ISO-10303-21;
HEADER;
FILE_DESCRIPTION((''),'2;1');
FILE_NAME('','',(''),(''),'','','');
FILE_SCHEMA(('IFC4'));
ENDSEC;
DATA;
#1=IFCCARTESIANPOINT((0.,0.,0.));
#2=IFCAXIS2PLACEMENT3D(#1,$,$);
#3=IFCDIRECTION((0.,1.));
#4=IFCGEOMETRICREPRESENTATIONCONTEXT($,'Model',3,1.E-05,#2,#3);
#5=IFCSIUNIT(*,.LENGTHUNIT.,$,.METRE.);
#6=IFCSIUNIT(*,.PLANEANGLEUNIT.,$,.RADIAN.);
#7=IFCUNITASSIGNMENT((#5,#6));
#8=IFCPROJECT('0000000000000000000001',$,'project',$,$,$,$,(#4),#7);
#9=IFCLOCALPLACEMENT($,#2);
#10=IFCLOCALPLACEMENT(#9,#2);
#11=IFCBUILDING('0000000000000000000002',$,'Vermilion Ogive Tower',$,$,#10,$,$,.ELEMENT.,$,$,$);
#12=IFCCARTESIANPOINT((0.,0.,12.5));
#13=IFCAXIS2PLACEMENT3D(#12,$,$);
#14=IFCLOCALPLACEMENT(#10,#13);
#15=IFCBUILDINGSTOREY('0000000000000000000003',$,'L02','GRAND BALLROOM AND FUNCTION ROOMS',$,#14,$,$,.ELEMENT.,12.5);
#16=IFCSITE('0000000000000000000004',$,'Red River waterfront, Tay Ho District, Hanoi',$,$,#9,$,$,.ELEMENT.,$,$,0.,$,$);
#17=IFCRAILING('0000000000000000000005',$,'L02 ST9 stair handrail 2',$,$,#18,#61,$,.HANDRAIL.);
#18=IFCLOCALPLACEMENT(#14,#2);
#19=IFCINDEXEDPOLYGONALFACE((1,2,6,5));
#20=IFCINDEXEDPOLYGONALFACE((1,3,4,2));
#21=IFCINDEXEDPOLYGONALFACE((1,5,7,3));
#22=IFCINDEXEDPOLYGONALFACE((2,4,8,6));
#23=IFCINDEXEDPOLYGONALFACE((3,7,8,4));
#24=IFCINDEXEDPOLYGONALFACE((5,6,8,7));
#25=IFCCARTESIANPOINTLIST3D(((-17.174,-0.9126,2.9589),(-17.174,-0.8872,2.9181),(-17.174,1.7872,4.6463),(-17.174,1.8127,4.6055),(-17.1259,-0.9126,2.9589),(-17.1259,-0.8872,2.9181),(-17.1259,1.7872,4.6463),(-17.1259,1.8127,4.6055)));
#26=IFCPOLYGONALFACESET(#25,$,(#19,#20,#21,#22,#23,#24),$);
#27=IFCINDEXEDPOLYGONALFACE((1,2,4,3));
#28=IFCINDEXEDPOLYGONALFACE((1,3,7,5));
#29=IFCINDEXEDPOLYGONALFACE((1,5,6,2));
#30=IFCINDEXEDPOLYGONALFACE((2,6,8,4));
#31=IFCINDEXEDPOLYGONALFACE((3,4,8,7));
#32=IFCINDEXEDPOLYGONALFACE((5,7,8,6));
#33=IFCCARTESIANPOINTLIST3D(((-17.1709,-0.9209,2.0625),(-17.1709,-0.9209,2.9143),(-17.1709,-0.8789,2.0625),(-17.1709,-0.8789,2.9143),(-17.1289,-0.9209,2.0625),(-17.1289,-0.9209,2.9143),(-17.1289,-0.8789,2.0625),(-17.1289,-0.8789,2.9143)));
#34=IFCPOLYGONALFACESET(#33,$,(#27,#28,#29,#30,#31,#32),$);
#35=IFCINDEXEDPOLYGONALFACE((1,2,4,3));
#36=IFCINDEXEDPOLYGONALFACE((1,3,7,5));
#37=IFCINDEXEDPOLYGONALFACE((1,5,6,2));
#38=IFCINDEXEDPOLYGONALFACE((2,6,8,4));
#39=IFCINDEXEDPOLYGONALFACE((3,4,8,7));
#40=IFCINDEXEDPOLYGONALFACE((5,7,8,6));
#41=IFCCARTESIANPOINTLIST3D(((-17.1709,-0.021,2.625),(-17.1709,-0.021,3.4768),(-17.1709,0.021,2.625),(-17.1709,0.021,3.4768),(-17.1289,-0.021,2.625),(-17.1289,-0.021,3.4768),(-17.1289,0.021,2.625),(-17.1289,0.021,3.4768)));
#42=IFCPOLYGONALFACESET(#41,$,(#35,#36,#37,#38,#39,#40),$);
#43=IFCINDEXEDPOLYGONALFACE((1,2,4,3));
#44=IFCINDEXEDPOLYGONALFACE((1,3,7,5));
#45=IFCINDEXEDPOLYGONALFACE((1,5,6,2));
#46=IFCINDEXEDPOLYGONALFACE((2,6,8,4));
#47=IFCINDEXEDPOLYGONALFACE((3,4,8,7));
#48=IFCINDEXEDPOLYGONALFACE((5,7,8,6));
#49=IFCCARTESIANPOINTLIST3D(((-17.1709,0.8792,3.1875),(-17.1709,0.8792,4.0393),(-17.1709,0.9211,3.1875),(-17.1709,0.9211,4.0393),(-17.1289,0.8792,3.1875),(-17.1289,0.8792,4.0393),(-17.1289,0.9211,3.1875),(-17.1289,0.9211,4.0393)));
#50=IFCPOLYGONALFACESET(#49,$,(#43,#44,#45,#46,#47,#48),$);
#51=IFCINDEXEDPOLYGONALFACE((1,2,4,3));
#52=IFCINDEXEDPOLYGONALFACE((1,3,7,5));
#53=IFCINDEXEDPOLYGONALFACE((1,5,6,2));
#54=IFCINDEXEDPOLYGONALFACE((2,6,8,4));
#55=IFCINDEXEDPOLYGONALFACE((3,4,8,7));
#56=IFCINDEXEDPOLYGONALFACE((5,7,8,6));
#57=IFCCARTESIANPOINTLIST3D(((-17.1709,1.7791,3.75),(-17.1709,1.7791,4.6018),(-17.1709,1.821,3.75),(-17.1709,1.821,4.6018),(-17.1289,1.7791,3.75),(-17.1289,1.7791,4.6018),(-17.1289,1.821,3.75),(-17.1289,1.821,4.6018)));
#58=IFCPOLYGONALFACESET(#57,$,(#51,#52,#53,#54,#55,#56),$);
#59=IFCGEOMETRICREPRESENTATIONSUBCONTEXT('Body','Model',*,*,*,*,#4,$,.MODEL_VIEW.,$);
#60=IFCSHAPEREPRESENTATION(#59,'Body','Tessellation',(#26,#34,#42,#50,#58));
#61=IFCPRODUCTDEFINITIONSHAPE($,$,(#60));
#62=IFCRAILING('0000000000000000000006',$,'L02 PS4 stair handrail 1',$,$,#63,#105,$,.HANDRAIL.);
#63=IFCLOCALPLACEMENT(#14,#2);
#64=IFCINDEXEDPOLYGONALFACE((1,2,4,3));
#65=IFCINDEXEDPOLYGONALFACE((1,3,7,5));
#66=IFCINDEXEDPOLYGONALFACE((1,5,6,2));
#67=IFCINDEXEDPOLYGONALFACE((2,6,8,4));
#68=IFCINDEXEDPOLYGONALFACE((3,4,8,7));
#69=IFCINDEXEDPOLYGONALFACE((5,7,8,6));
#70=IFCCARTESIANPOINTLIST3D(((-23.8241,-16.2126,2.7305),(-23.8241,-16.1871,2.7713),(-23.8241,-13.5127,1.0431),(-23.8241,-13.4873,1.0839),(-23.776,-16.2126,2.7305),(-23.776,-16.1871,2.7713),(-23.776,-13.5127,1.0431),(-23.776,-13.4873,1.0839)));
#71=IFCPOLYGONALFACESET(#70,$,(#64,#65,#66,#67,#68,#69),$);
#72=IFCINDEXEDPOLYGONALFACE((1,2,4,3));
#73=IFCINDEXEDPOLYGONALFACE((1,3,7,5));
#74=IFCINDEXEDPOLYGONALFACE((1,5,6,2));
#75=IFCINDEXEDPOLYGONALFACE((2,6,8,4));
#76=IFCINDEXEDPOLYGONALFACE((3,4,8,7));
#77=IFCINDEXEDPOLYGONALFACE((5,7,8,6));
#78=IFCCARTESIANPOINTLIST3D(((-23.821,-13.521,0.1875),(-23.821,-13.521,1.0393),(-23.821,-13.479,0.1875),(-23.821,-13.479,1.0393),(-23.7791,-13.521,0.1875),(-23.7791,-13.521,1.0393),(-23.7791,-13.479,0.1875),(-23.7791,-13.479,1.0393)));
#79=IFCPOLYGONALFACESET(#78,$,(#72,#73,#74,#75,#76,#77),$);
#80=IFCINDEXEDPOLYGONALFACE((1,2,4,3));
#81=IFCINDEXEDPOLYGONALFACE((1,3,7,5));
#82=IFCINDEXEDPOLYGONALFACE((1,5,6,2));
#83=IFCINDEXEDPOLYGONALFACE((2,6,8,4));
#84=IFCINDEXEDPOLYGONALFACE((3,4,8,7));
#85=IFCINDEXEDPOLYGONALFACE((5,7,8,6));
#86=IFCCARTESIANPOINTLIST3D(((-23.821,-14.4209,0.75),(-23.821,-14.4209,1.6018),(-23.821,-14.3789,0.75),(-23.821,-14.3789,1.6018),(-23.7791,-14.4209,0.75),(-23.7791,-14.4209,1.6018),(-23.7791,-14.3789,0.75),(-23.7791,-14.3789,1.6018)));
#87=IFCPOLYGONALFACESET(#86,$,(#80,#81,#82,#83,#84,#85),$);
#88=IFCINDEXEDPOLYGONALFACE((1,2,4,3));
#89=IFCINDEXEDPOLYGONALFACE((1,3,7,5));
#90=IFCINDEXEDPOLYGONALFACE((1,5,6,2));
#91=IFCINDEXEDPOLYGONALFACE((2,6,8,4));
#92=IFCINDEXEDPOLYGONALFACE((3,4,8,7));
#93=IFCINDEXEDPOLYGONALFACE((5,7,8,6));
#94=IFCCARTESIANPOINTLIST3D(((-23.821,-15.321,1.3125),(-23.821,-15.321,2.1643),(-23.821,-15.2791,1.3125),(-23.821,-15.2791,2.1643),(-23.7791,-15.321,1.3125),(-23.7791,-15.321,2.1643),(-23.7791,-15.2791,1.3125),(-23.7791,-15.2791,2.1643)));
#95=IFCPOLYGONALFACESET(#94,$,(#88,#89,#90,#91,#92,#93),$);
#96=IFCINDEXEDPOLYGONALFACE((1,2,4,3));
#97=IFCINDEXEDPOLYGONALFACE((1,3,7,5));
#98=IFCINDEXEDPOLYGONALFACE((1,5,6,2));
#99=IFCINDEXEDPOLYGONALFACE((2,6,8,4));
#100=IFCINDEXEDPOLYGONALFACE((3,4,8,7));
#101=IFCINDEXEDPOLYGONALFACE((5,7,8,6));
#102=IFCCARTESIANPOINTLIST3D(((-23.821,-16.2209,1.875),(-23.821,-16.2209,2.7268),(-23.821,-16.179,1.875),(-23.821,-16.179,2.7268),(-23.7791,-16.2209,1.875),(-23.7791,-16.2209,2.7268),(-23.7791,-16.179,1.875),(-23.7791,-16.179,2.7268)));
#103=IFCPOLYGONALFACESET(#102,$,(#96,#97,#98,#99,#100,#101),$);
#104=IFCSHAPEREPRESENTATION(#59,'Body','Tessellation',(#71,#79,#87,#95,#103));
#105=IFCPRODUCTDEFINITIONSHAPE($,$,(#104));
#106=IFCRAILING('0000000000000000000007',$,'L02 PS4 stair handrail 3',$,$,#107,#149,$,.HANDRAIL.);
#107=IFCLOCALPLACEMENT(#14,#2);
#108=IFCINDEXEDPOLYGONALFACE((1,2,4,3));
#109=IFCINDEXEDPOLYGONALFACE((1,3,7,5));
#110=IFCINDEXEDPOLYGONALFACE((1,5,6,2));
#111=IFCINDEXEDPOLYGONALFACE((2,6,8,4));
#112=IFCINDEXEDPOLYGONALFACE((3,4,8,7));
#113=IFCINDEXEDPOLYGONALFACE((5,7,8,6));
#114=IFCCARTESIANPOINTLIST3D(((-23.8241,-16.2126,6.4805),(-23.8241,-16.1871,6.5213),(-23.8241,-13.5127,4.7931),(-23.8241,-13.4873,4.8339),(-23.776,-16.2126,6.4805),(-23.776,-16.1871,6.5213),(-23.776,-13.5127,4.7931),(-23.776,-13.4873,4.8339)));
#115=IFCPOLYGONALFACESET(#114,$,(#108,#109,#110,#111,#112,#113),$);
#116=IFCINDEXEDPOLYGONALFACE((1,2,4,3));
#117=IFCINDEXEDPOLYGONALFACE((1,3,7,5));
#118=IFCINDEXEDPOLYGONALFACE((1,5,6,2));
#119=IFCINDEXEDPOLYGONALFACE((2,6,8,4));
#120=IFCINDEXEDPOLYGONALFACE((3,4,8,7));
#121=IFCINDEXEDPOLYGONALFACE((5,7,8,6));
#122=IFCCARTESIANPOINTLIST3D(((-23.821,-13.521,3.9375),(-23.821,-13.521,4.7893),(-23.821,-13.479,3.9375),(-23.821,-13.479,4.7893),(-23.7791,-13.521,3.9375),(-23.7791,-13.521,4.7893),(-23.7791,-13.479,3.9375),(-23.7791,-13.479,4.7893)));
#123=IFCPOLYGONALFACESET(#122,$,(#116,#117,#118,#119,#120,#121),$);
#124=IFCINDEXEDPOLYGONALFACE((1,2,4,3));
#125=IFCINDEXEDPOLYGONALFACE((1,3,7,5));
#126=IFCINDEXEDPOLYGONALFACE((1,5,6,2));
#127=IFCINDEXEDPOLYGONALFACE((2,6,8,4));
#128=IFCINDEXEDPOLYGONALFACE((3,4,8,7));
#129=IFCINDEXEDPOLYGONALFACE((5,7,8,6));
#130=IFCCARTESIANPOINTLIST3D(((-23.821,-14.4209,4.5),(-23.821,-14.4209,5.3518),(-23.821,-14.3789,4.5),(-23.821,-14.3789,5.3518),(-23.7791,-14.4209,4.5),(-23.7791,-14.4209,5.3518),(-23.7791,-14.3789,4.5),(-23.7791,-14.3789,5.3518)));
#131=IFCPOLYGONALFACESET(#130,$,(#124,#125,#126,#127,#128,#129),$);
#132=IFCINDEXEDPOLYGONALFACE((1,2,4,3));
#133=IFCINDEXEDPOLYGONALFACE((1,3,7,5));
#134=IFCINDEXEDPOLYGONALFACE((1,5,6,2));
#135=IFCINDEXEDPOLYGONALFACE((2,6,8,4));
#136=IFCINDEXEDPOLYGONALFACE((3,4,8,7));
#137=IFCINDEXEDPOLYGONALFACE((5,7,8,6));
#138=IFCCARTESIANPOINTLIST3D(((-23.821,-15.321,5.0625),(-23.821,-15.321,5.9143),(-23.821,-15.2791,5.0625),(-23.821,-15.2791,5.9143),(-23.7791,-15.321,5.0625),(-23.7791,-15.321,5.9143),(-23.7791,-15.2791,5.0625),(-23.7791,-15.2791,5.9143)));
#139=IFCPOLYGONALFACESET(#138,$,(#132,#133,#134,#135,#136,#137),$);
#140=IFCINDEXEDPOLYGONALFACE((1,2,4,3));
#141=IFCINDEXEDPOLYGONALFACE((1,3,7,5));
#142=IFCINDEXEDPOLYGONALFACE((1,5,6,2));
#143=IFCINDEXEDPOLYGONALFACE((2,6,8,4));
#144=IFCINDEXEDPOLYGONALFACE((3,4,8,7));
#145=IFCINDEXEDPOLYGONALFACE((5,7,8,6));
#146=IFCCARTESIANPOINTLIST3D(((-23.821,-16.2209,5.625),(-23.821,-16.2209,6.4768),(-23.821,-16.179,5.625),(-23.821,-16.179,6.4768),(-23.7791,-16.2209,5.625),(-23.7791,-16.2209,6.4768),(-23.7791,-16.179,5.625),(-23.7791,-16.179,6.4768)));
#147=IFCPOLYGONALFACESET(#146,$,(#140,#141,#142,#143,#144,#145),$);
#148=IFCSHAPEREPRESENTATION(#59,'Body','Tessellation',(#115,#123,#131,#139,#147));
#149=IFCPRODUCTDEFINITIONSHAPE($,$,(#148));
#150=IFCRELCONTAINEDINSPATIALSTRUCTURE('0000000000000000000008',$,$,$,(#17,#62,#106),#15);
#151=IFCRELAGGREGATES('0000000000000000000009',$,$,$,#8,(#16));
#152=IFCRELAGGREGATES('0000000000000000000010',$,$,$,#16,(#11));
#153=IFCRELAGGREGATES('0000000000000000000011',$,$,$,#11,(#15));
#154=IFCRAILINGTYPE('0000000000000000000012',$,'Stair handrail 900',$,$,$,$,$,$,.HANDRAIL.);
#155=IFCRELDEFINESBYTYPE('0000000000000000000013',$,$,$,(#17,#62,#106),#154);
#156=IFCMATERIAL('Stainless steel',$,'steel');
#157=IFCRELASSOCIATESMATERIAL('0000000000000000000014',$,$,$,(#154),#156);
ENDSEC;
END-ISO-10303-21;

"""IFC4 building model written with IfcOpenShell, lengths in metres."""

from ifc_helpers import new_model, si_unit, direction, frame, origin, origin_2d, place, context, subcontext, project, spatial, rectangle, extrude, material, type_object, element, save


model = new_model("IFC4")

# Units and contexts
model_context = context("Model", 3, precision=1e-05, world=origin(), true_north=direction((0.0, 1.0)))
body_context = subcontext(model_context, "Body", "Model", "MODEL_VIEW")
ifc_project = project(units=[si_unit("LENGTHUNIT", "METRE"), si_unit("PLANEANGLEUNIT", "RADIAN")], contexts=[model_context])

# Site, building, storey
site_placement = place(None, origin())
site = spatial("IfcSite", under=ifc_project, at=site_placement, Name="Red River waterfront, Tay Ho District, Hanoi", CompositionType="ELEMENT", RefElevation=0.0)
building_placement = place(site_placement, origin())
building = spatial("IfcBuilding", under=site, at=building_placement, Name="Vermilion Ogive Tower", CompositionType="ELEMENT")
storey_placement = place(building_placement, frame((0.0, 0.0, 12.5)))
storey = spatial("IfcBuildingStorey", under=building, at=storey_placement, Name="L02", Description="GRAND BALLROOM AND FUNCTION ROOMS", CompositionType="ELEMENT", Elevation=12.5)

# Railings
ifc_material_1 = material(Name="Stainless steel", Category="steel")
railing_type_1 = type_object("IfcRailingType", Name="Stair handrail 900", PredefinedType="HANDRAIL", material=ifc_material_1)
railing_1_placement = place(storey_placement, frame((-17.1499, -0.8999, 2.0625)))
element("IfcRailing", 1, at=railing_1_placement, inside=storey, type_object=railing_type_1, Name="L02 ST9 stair handrail 2", PredefinedType="HANDRAIL", context=body_context, shape_type="SweptSolid", body=[
    extrude(rectangle(XDim=0.0481, YDim=0.0481, at=origin_2d()), frame((0.0, 0.0, 0.876), z_axis=(0.0, 0.847994, 0.530006), x_axis=(-1.0, 0.0, 0.0)), (0.0, 0.0, 1.0), 3.1838),
    extrude(rectangle(XDim=0.042, YDim=0.042, at=origin_2d()), origin(), (0.0, 0.0, 1.0), 0.8518),
    extrude(rectangle(XDim=0.042, YDim=0.042, at=origin_2d()), frame((0.0, 0.8999, 0.5625)), (0.0, 0.0, 1.0), 0.8518),
    extrude(rectangle(XDim=0.042, YDim=0.042, at=origin_2d()), frame((0.0, 1.8, 1.125)), (0.0, 0.0, 1.0), 0.8518),
    extrude(rectangle(XDim=0.042, YDim=0.042, at=origin_2d()), frame((0.0, 2.7, 1.6875)), (0.0, 0.0, 1.0), 0.8518),
])
for number, where, name in (
    (2, (-23.8, -13.5, 0.1875), "L02 PS4 stair handrail 1"),
    (3, (-23.8, -13.5, 3.9375), "L02 PS4 stair handrail 3"),
):
    element("IfcRailing", number, at=place(storey_placement, frame(where)), inside=storey, type_object=railing_type_1, Name=name, PredefinedType="HANDRAIL", context=body_context, shape_type="SweptSolid", body=[
        extrude(rectangle(XDim=0.0481, YDim=0.0481, at=origin_2d()), frame((0.0, 0.0, 0.876), z_axis=(0.0, -0.847994, 0.530006), x_axis=(1.0, 0.0, 0.0)), (0.0, 0.0, 1.0), 3.1838),
        extrude(rectangle(XDim=0.042, YDim=0.042, at=origin_2d()), origin(), (0.0, 0.0, 1.0), 0.8518),
        extrude(rectangle(XDim=0.042, YDim=0.042, at=origin_2d()), frame((0.0, -0.8999, 0.5625)), (0.0, 0.0, 1.0), 0.8518),
        extrude(rectangle(XDim=0.042, YDim=0.042, at=origin_2d()), frame((0.0, -1.8, 1.125)), (0.0, 0.0, 1.0), 0.8518),
        extrude(rectangle(XDim=0.042, YDim=0.042, at=origin_2d()), frame((0.0, -2.7, 1.6875)), (0.0, 0.0, 1.0), 0.8518),
    ])

save(model, "model.ifc")
